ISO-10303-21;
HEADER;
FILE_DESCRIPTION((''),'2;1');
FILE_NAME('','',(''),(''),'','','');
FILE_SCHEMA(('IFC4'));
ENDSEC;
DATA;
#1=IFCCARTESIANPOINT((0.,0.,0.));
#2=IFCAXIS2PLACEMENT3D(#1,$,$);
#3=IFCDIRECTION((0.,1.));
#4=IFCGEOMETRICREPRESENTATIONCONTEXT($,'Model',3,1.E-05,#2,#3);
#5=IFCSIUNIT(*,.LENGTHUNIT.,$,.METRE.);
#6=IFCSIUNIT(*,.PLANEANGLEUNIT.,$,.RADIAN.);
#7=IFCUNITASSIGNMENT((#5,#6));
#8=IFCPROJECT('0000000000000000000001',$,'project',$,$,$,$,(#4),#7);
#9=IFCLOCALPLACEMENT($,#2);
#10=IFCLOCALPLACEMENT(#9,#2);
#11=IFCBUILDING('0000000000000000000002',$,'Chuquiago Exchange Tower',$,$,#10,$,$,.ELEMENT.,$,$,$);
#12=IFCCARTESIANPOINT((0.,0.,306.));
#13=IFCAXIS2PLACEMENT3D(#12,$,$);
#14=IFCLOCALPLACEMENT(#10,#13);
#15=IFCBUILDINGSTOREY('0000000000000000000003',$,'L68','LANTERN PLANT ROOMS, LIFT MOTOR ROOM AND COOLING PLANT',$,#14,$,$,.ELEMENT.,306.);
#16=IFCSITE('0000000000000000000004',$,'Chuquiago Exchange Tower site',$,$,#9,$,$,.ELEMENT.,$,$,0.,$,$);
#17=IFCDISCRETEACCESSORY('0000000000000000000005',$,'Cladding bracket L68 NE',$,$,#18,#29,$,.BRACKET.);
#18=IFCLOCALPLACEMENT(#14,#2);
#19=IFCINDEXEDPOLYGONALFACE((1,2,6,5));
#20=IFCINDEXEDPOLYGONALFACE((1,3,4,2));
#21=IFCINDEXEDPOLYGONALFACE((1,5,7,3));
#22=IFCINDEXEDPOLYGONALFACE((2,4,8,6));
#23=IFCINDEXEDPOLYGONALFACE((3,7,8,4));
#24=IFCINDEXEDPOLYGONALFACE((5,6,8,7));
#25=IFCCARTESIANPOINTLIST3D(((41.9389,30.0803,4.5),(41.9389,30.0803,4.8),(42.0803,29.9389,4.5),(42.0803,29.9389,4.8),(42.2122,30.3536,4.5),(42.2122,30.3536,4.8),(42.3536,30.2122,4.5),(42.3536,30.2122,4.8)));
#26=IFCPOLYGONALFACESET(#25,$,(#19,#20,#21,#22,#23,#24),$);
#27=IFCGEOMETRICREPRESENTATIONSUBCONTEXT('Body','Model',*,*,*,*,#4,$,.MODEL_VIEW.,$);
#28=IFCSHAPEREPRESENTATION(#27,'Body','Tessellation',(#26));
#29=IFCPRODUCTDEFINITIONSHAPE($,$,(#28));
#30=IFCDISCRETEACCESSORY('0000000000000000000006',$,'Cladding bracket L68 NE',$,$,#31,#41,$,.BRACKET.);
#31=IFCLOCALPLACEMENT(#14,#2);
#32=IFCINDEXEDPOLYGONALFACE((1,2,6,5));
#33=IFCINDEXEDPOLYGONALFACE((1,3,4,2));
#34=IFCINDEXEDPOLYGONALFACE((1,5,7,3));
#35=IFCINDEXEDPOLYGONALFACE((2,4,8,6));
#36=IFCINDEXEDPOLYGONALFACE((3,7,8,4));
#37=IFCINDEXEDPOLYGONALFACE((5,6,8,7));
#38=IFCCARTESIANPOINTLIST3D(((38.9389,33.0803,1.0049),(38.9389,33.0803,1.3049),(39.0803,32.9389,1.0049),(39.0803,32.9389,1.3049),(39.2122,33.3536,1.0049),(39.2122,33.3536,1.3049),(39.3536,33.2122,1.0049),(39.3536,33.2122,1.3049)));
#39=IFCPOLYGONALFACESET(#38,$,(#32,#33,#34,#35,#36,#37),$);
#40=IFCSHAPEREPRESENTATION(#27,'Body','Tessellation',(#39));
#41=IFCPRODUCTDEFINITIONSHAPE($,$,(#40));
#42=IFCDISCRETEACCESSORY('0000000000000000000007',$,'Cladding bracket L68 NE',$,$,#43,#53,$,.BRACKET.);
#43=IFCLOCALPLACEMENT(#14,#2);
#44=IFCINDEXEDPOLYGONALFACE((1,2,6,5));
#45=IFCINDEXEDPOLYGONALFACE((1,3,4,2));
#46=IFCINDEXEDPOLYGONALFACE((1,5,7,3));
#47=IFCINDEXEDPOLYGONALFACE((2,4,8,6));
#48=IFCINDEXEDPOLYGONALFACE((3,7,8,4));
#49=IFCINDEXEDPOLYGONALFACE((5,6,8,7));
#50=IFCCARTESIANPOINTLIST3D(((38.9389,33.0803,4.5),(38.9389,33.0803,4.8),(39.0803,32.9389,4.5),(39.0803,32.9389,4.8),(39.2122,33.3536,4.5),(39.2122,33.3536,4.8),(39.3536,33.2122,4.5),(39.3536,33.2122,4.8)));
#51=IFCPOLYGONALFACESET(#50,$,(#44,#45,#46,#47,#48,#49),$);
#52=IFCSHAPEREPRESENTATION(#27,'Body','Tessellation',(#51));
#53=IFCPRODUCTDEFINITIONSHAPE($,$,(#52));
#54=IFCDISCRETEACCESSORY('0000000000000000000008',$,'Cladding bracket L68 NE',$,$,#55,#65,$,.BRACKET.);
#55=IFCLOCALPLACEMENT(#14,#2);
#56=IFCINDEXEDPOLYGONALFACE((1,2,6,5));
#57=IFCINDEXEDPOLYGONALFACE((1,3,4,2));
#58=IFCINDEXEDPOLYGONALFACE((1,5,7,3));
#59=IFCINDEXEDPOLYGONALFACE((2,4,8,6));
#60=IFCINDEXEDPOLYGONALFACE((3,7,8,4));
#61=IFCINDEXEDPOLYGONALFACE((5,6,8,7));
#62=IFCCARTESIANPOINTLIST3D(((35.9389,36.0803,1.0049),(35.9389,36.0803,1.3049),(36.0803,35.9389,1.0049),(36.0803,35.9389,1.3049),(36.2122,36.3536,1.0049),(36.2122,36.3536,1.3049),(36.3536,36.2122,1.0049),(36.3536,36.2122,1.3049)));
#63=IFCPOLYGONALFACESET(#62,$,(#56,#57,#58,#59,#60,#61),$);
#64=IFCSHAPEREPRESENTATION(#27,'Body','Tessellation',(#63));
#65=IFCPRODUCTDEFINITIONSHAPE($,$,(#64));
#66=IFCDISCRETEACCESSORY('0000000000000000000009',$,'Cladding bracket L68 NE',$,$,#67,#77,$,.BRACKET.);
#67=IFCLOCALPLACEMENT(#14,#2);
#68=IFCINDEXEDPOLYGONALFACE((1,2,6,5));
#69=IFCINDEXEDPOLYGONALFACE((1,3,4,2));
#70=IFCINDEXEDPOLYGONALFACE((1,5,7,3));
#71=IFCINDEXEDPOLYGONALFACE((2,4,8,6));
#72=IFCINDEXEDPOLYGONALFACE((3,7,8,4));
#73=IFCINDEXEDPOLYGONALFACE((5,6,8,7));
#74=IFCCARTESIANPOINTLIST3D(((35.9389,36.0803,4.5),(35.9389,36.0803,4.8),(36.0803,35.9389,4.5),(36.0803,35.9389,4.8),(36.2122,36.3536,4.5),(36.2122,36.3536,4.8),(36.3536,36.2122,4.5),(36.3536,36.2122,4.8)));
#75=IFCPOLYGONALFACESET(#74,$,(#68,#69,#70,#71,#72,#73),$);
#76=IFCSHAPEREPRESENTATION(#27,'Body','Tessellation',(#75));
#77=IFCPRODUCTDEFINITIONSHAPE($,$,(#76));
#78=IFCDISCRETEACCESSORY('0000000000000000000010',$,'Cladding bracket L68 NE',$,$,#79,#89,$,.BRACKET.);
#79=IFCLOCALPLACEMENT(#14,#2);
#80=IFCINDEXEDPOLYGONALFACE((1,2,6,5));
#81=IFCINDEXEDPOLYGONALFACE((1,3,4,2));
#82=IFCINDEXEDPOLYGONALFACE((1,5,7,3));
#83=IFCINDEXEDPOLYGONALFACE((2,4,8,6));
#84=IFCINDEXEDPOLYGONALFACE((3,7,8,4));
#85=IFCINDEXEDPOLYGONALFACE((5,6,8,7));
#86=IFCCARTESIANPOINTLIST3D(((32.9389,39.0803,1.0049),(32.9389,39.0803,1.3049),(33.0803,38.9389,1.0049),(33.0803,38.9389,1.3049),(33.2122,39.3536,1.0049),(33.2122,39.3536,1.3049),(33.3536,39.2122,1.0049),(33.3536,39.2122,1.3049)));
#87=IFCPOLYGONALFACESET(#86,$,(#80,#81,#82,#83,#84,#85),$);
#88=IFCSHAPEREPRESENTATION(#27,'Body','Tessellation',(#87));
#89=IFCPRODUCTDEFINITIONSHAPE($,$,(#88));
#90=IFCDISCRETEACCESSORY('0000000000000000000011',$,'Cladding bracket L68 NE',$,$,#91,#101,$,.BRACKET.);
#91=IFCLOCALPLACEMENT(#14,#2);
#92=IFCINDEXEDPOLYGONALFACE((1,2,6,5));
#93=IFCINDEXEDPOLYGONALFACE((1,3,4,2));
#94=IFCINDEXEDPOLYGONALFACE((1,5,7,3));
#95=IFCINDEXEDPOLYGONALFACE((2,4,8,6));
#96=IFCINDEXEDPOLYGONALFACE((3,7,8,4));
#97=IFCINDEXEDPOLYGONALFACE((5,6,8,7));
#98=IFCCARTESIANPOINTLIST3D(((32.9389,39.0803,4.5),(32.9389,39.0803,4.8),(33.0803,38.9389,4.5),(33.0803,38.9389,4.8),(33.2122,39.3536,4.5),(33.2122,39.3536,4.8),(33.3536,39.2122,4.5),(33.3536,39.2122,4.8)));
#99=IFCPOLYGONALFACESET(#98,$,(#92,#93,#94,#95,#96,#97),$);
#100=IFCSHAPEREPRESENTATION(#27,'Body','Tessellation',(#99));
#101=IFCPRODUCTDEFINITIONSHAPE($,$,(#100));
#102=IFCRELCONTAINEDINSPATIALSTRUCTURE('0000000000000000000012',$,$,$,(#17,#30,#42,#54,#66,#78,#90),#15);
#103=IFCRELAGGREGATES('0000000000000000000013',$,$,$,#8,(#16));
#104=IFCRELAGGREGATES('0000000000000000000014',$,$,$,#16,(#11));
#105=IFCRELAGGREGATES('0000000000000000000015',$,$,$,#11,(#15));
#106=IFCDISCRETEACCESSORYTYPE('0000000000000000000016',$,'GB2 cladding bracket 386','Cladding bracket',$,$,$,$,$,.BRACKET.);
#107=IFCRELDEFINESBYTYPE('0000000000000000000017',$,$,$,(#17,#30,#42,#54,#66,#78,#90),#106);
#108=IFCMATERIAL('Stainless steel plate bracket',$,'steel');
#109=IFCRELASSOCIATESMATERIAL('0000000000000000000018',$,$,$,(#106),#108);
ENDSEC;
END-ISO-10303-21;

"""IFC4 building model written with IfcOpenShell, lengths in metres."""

from ifc_helpers import new_model, si_unit, direction, frame, origin, origin_2d, place, context, subcontext, project, spatial, rectangle, extrude, material, type_object, element, save


model = new_model("IFC4")

# Units and contexts
model_context = context("Model", 3, precision=1e-05, world=origin(), true_north=direction((0.0, 1.0)))
body_context = subcontext(model_context, "Body", "Model", "MODEL_VIEW")
ifc_project = project(units=[si_unit("LENGTHUNIT", "METRE"), si_unit("PLANEANGLEUNIT", "RADIAN")], contexts=[model_context])

# Site, building, storey
site_placement = place(None, origin())
site = spatial("IfcSite", under=ifc_project, at=site_placement, Name="Chuquiago Exchange Tower site", CompositionType="ELEMENT", RefElevation=0.0)
building_placement = place(site_placement, origin())
building = spatial("IfcBuilding", under=site, at=building_placement, Name="Chuquiago Exchange Tower", CompositionType="ELEMENT")
storey_placement = place(building_placement, frame((0.0, 0.0, 306.0)))
storey = spatial("IfcBuildingStorey", under=building, at=storey_placement, Name="L68", Description="LANTERN PLANT ROOMS, LIFT MOTOR ROOM AND COOLING PLANT", CompositionType="ELEMENT", Elevation=306.0)

# Discrete accessories
ifc_material_1 = material(Name="Stainless steel plate bracket", Category="steel")
discrete_accessory_type = type_object("IfcDiscreteAccessoryType", Name="GB2 cladding bracket 386", Description="Cladding bracket", PredefinedType="BRACKET", material=ifc_material_1)
for number, where, z_axis, x_axis, name in (
    (1, (42.1462, 30.1462, 4.5), (0.0, 0.0, 1.0), (-0.707107, 0.707107, 0.0), "Cladding bracket L68 NE"),
    (2, (39.1462, 33.1462, 1.0049), (0.0, 0.0, 1.0), (-0.707107, 0.707107, 0.0), "Cladding bracket L68 NE"),
    (3, (39.1462, 33.1462, 4.5), (0.0, 0.0, 1.0), (-0.707107, 0.707107, 0.0), "Cladding bracket L68 NE"),
    (4, (36.1462, 36.1462, 1.0049), (0.0, 0.0, 1.0), (-0.707107, 0.707107, 0.0), "Cladding bracket L68 NE"),
    (5, (36.1462, 36.1462, 4.5), (0.0, 0.0, 1.0), (-0.707107, 0.707107, 0.0), "Cladding bracket L68 NE"),
    (6, (33.1462, 39.1462, 1.0049), (0.0, 0.0, 1.0), (-0.707107, 0.707107, 0.0), "Cladding bracket L68 NE"),
    (7, (33.1462, 39.1462, 4.5), (0.0, 0.0, 1.0), (-0.707107, 0.707107, 0.0), "Cladding bracket L68 NE"),
):
    element("IfcDiscreteAccessory", number, at=place(storey_placement, frame(where, z_axis=z_axis, x_axis=x_axis)), inside=storey, type_object=discrete_accessory_type, Name=name, PredefinedType="BRACKET", context=body_context, shape_type="SweptSolid", body=[
        extrude(rectangle(XDim=0.2, YDim=0.3865, at=origin_2d()), origin(), (0.0, 0.0, 1.0), 0.3),
    ])

save(model, "model.ifc")
